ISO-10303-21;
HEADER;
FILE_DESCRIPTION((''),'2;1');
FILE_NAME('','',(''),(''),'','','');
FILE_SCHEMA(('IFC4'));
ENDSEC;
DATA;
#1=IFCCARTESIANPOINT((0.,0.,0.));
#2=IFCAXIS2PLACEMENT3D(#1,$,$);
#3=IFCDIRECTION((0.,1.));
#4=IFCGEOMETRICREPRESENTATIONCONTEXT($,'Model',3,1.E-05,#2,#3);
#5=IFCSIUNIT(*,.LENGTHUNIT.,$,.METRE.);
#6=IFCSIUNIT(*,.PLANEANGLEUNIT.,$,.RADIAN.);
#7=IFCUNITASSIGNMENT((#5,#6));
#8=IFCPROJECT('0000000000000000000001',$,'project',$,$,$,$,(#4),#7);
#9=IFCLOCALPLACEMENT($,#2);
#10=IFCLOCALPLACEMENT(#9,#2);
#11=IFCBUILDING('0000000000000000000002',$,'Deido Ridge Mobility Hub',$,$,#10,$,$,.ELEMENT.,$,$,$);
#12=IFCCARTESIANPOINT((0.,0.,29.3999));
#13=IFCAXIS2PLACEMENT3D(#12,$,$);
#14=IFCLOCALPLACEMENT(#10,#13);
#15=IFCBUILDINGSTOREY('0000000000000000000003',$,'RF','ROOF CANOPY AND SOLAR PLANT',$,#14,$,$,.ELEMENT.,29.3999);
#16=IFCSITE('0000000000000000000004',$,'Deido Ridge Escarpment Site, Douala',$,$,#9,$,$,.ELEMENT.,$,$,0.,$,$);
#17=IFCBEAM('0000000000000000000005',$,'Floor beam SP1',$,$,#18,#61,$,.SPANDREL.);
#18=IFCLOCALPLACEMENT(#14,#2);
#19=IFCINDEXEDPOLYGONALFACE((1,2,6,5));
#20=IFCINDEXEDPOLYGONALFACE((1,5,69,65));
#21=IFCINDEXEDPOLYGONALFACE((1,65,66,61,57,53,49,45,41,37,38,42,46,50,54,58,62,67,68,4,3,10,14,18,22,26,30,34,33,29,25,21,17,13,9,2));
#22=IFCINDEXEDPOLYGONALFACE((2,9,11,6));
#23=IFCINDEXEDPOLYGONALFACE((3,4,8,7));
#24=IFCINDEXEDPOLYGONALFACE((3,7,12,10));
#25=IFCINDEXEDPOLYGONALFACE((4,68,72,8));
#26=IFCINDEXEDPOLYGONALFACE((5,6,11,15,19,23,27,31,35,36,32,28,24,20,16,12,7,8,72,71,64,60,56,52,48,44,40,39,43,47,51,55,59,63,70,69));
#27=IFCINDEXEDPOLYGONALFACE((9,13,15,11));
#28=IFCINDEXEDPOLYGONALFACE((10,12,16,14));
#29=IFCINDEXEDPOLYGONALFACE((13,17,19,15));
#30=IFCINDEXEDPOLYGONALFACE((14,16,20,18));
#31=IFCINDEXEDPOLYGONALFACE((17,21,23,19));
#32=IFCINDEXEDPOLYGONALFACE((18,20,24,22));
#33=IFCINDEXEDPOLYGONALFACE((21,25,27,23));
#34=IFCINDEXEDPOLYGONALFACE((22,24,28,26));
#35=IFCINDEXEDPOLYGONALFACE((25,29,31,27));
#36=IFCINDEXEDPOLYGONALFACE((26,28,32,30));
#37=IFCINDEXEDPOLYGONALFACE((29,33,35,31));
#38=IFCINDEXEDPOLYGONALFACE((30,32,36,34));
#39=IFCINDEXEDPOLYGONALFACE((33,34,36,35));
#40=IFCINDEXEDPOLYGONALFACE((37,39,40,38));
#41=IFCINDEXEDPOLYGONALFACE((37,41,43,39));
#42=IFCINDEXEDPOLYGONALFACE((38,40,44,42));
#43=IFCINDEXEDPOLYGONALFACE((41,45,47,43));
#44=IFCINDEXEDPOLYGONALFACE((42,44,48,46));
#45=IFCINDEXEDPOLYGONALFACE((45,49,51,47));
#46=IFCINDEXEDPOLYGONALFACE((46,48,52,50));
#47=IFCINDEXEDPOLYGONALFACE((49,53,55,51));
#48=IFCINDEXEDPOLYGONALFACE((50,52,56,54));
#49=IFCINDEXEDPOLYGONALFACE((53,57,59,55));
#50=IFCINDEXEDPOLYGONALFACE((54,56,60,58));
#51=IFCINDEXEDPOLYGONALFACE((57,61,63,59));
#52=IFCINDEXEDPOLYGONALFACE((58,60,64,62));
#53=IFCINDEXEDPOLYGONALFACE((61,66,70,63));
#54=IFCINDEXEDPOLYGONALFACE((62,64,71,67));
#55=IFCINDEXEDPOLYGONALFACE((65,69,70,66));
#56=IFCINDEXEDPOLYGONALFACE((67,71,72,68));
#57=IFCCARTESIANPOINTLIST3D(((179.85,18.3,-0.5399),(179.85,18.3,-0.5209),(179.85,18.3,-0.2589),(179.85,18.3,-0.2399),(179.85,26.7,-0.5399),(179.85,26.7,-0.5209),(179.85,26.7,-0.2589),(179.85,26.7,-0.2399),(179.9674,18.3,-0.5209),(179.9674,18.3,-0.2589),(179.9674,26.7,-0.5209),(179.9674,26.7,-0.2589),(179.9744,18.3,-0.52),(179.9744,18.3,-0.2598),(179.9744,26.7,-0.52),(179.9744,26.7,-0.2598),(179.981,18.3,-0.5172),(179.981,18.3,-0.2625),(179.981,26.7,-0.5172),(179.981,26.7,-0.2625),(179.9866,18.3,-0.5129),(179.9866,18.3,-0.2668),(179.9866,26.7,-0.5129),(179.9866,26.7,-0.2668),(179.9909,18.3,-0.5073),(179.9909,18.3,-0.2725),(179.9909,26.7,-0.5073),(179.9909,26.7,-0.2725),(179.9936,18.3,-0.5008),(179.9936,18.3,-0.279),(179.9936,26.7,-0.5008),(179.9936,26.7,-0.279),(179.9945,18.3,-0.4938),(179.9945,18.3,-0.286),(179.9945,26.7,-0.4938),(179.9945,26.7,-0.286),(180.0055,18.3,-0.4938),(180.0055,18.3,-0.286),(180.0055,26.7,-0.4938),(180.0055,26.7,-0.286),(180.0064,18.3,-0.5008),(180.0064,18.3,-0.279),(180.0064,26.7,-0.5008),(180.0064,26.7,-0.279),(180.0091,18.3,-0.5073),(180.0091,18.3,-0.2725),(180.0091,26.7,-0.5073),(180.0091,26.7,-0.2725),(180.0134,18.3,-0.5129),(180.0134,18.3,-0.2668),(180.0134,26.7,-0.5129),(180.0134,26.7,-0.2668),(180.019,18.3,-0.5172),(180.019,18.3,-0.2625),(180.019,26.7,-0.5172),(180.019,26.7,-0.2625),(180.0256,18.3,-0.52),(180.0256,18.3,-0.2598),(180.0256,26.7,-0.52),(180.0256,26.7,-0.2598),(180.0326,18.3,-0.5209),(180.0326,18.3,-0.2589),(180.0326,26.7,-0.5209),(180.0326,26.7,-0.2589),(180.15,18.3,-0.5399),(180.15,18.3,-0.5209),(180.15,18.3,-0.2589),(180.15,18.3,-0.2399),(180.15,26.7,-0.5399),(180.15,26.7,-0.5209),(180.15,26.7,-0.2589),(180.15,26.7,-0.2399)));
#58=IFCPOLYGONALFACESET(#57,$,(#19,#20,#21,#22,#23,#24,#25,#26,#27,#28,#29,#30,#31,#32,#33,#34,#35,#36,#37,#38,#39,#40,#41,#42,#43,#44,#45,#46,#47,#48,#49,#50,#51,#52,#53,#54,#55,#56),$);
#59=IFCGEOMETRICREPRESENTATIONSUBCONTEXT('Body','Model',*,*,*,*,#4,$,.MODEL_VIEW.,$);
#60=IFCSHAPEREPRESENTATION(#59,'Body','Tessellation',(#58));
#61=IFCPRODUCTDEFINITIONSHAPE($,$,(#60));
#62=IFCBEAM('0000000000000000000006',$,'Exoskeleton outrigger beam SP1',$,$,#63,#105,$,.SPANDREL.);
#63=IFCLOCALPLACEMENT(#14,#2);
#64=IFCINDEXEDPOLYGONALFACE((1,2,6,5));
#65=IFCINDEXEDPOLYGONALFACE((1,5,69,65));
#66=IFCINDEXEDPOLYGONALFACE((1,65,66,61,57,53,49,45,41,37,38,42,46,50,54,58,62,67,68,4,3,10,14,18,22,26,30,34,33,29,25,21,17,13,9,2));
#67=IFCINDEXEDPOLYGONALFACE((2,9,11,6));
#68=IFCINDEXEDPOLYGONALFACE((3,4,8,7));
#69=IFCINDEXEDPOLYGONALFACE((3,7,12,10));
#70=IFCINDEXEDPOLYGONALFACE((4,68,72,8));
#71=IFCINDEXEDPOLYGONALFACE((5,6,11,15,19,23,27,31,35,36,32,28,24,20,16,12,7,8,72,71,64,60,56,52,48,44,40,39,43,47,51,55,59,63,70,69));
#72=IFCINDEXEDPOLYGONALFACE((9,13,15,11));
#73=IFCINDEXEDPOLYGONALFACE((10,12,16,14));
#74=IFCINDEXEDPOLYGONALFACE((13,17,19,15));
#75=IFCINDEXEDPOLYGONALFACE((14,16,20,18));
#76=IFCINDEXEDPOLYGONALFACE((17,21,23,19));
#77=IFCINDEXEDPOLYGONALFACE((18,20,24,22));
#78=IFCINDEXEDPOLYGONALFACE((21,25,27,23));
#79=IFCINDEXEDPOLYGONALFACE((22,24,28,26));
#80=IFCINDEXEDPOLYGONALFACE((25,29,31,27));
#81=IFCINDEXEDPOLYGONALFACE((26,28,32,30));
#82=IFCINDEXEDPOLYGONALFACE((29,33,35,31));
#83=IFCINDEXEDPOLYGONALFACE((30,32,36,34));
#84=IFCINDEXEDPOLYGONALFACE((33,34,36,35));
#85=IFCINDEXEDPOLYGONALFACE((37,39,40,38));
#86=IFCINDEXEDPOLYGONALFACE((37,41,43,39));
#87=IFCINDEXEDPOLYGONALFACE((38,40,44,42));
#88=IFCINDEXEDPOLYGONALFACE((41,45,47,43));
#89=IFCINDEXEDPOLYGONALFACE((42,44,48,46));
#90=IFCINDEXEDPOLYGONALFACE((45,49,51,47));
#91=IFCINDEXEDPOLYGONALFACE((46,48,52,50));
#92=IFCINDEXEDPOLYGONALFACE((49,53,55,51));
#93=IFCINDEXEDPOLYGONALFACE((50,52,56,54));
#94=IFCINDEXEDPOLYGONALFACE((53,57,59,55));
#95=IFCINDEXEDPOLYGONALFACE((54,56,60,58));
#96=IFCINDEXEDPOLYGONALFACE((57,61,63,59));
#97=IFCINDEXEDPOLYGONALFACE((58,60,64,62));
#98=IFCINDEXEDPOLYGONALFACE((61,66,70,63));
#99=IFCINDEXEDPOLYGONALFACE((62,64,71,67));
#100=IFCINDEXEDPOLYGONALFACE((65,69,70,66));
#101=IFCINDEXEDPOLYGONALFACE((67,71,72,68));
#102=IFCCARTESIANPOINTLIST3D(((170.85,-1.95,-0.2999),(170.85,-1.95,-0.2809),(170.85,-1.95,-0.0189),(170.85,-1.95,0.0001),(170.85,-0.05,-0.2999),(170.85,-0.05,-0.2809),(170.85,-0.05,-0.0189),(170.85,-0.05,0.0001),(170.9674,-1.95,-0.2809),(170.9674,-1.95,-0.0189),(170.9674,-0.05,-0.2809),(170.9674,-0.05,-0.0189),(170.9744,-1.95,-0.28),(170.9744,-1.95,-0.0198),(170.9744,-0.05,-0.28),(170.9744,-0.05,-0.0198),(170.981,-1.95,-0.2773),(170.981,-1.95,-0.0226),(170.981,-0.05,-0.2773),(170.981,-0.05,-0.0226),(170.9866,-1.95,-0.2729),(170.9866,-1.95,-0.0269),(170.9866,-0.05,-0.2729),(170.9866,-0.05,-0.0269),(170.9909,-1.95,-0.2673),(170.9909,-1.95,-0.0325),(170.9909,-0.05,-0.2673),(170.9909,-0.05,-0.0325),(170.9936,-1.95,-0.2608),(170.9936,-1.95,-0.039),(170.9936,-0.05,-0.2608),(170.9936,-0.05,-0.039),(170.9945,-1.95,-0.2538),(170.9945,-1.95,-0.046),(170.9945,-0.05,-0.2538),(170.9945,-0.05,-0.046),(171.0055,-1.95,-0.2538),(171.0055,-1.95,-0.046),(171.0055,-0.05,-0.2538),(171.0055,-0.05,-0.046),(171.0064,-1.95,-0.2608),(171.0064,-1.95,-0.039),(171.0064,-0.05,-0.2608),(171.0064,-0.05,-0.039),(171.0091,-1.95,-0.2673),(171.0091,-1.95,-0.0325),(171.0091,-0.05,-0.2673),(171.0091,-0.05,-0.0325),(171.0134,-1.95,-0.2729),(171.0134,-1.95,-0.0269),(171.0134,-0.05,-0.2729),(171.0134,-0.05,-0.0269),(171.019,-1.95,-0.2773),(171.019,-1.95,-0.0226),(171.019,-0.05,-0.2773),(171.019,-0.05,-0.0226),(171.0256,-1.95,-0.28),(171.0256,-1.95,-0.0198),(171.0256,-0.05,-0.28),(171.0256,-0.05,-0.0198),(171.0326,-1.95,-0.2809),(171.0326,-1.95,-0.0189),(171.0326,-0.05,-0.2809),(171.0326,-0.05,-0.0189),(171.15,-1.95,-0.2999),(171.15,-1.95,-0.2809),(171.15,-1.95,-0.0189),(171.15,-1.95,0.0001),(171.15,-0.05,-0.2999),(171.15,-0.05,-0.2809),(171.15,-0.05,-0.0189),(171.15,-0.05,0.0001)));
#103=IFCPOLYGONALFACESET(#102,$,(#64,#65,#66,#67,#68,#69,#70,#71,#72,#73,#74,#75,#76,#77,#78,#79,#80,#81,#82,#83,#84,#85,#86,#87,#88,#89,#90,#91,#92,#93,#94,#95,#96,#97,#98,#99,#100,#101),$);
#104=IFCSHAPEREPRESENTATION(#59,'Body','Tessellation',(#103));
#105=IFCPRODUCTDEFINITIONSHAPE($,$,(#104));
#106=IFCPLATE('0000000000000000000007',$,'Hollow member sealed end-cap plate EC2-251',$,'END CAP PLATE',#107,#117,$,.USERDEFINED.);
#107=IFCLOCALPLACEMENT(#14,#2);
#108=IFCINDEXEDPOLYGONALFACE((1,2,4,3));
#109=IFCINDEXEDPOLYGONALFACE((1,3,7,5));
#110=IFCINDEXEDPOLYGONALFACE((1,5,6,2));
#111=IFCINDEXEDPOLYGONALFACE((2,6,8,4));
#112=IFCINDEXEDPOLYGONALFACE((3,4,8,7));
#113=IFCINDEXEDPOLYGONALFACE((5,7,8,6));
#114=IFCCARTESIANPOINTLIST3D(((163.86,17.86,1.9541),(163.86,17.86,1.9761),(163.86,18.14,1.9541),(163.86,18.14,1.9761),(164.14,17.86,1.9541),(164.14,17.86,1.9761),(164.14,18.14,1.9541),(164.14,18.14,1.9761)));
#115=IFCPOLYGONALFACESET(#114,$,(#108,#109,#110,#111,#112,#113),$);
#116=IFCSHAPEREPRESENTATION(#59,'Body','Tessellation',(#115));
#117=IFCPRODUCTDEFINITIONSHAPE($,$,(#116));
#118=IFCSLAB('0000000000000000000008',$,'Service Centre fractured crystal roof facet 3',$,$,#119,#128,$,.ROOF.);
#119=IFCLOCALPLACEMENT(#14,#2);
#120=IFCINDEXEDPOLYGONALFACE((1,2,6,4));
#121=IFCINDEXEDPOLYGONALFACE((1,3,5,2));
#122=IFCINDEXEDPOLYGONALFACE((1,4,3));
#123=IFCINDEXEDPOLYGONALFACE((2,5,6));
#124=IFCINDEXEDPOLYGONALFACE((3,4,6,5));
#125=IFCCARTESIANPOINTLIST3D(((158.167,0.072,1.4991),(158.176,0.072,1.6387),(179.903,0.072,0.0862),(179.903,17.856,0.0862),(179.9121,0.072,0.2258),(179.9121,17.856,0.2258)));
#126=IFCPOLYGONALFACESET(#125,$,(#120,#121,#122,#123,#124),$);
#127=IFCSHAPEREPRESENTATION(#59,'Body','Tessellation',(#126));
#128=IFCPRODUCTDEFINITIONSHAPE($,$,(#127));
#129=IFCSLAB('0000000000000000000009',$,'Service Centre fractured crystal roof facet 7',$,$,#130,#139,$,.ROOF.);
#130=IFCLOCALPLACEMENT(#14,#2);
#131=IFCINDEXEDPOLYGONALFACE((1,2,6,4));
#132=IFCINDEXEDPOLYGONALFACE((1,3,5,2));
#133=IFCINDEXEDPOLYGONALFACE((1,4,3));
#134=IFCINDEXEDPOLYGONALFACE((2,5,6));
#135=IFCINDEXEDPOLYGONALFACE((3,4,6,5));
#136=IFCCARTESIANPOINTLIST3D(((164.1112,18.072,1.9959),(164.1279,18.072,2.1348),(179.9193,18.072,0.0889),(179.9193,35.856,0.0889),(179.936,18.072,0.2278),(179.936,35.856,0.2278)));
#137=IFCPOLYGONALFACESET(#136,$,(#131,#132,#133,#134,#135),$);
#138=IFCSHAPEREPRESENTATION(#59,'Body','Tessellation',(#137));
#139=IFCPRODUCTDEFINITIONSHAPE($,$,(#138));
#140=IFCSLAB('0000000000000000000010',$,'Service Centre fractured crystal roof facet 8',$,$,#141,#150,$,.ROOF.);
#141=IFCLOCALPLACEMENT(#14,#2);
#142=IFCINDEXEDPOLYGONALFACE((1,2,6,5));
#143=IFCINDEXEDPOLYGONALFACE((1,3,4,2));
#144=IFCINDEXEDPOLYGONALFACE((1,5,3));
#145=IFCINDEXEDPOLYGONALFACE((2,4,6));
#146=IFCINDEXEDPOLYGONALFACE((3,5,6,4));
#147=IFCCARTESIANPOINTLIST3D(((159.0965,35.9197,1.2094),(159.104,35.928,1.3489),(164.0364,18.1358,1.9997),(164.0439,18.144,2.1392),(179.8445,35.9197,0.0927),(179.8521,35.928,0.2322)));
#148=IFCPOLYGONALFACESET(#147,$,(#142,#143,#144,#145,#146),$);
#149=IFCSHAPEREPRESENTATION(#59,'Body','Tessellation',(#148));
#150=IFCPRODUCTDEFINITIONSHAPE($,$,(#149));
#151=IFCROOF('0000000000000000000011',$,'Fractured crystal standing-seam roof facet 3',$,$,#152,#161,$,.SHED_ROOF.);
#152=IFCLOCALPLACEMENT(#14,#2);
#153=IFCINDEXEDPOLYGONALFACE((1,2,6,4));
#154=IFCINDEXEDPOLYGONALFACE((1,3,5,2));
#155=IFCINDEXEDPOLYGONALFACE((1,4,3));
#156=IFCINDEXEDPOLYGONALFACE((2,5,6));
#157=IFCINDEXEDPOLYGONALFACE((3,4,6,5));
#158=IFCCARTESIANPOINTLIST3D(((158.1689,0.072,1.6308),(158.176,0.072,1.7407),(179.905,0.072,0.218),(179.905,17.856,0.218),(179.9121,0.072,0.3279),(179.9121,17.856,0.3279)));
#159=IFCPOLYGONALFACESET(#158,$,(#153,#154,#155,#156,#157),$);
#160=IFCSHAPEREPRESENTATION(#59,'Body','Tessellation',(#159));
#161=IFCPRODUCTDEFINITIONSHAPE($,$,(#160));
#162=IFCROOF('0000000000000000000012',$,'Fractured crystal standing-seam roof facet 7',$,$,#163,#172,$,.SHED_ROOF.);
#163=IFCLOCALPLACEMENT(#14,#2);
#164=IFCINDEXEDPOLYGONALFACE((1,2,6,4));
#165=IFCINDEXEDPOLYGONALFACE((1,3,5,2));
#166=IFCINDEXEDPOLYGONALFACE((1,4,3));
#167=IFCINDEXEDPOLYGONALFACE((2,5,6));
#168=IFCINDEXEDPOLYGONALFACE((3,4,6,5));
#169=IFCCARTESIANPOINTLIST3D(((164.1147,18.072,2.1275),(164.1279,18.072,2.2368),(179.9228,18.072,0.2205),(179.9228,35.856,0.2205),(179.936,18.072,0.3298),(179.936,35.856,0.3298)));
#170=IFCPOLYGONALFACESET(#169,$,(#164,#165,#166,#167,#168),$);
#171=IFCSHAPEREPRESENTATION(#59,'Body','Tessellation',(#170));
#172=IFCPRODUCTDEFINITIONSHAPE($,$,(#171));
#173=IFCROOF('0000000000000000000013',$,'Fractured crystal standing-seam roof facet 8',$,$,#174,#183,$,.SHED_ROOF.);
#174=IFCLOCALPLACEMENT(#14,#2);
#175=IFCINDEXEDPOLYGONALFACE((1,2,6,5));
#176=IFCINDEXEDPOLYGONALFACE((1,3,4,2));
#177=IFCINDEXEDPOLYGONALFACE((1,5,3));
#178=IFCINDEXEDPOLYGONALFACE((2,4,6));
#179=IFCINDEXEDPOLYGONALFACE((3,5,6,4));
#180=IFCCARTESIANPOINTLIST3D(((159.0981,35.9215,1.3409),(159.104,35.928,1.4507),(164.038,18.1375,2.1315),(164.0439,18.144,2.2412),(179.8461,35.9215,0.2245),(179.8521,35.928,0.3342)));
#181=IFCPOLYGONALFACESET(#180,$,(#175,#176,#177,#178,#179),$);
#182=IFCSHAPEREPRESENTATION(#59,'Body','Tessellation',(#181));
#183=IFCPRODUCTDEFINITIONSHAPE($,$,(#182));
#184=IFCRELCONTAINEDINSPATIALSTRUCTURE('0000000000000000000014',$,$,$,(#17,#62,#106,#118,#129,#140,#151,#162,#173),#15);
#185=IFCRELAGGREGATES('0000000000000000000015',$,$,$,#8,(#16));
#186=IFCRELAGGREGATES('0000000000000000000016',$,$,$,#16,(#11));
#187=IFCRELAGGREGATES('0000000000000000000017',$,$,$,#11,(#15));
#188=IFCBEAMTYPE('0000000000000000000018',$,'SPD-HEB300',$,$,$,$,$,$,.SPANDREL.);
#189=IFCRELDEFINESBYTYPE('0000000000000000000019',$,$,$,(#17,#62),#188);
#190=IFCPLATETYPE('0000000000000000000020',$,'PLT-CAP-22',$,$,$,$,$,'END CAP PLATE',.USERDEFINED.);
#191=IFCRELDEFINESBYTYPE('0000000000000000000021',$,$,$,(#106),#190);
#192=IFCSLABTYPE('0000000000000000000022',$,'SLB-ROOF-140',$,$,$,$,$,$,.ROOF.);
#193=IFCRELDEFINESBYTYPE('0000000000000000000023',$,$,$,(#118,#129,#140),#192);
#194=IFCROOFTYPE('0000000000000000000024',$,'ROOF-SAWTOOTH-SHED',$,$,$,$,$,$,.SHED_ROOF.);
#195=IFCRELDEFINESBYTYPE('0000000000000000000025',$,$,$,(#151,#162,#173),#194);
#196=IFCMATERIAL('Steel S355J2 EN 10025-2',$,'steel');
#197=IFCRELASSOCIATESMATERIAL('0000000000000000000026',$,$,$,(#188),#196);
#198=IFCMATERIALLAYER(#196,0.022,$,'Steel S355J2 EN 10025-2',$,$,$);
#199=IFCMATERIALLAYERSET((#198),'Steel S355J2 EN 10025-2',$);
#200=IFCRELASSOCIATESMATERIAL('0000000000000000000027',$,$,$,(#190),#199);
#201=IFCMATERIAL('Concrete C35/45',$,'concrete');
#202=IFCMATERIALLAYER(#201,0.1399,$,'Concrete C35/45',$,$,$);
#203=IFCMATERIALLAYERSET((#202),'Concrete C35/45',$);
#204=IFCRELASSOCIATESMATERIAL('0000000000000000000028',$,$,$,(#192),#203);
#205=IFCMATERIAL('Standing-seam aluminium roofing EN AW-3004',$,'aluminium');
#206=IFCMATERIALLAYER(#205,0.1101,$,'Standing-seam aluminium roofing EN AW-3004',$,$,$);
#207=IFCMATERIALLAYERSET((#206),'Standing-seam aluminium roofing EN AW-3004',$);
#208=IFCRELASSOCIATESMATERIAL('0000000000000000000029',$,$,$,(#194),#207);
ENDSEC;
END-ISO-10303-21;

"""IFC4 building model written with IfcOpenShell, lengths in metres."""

from ifc_helpers import new_model, si_unit, direction, frame, origin, origin_2d, place, context, subcontext, project, spatial, polyline, rectangle, i_section, outline, extrude, material, layer, layer_set, material_profile, profile_set, type_object, element, save


model = new_model("IFC4")

# Units and contexts
model_context = context("Model", 3, precision=1e-05, world=origin(), true_north=direction((0.0, 1.0)))
body_context = subcontext(model_context, "Body", "Model", "MODEL_VIEW")
ifc_project = project(units=[si_unit("LENGTHUNIT", "METRE"), si_unit("PLANEANGLEUNIT", "RADIAN")], contexts=[model_context])

# Site, building, storey
site_placement = place(None, origin())
site = spatial("IfcSite", under=ifc_project, at=site_placement, Name="Deido Ridge Escarpment Site, Douala", CompositionType="ELEMENT", RefElevation=0.0)
building_placement = place(site_placement, origin())
building = spatial("IfcBuilding", under=site, at=building_placement, Name="Deido Ridge Mobility Hub", CompositionType="ELEMENT")
storey_placement = place(building_placement, frame((0.0, 0.0, 29.3999)))
storey = spatial("IfcBuildingStorey", under=building, at=storey_placement, Name="RF", Description="ROOF CANOPY AND SOLAR PLANT", CompositionType="ELEMENT", Elevation=29.3999)

# Shared definitions
ifc_material_1 = material(Name="Steel S355J2 EN 10025-2", Category="steel")

# Beams
ifc_material_profile_1 = material_profile(ifc_material_1, i_section(OverallWidth=0.3, OverallDepth=0.3, WebThickness=0.011, FlangeThickness=0.019, FilletRadius=0.0271, at=origin_2d()), Name="HEB 300")
ifc_profile_set_1 = profile_set([ifc_material_profile_1], Name="Steel S355J2 EN 10025-2")
beam_type_1 = type_object("IfcBeamType", Name="SPD-HEB300", PredefinedType="SPANDREL", material=ifc_profile_set_1)
for number, where, z_axis, x_axis, name in (
    (1, (180.0, 18.3, -0.3899), (0.0, 1.0, 0.0), (-1.0, 0.0, 0.0), "Floor beam SP1"),
):
    element("IfcBeam", number, at=place(storey_placement, frame(where, z_axis=z_axis, x_axis=x_axis)), inside=storey, type_object=beam_type_1, Name=name, PredefinedType="SPANDREL", context=body_context, shape_type="SweptSolid", body=[
        extrude(i_section(OverallWidth=0.3, OverallDepth=0.3, WebThickness=0.011, FlangeThickness=0.019, FilletRadius=0.0271, at=origin_2d()), origin(), (0.0, 0.0, 1.0), 8.3999),
    ])
beam_1_placement = place(storey_placement, frame((171.0, -0.05, -0.1499), z_axis=(0.0, -1.0, 0.0), x_axis=(1.0, 0.0, 0.0)))
element("IfcBeam", 2, at=beam_1_placement, inside=storey, type_object=beam_type_1, Name="Exoskeleton outrigger beam SP1", PredefinedType="SPANDREL", context=body_context, shape_type="SweptSolid", body=[
    extrude(i_section(OverallWidth=0.3, OverallDepth=0.3, WebThickness=0.011, FlangeThickness=0.019, FilletRadius=0.0271, at=origin_2d()), origin(), (0.0, 0.0, 1.0), 1.8999),
])

# Plate
ifc_layer_1 = layer(ifc_material_1, 0.022, Name="Steel S355J2 EN 10025-2")
ifc_layer_set_1 = layer_set([ifc_layer_1], Name="Steel S355J2 EN 10025-2")
plate_type = type_object("IfcPlateType", Name="PLT-CAP-22", ElementType="END CAP PLATE", PredefinedType="USERDEFINED", material=ifc_layer_set_1)
plate_placement = place(storey_placement, frame((164.0, 18.0, 1.9541), z_axis=(0.0, 0.0, 1.0), x_axis=(1.0, 0.0, 0.0)))
element("IfcPlate", 3, at=plate_placement, inside=storey, type_object=plate_type, Name="Hollow member sealed end-cap plate EC2-251", ObjectType="END CAP PLATE", PredefinedType="USERDEFINED", context=body_context, shape_type="SweptSolid", body=[
    extrude(rectangle(XDim=0.28, YDim=0.28, at=origin_2d()), origin(), (0.0, 0.0, 1.0), 0.022),
])

# Slabs
ifc_material_2 = material(Name="Concrete C35/45", Category="concrete")
ifc_layer_2 = layer(ifc_material_2, 0.1399, Name="Concrete C35/45")
ifc_layer_set_2 = layer_set([ifc_layer_2], Name="Concrete C35/45")
slab_type = type_object("IfcSlabType", Name="SLB-ROOF-140", PredefinedType="ROOF", material=ifc_layer_set_2)
slab_1_placement = place(storey_placement, frame((158.176, 0.072, 1.6387), z_axis=(0.064863, 0.0, 0.997894), x_axis=(0.997894, 0.0, -0.064863)))
element("IfcSlab", 4, at=slab_1_placement, inside=storey, type_object=slab_type, Name="Service Centre fractured crystal roof facet 3", PredefinedType="ROOF", context=body_context, shape_type="SweptSolid", body=[
    extrude(outline(polyline([(0.0, 0.0), (21.782, 0.0), (21.782, 17.7839), (0.0, 0.0)])), origin(), (0.0, 0.0, -1.0), 0.1399),
])
slab_2_placement = place(storey_placement, frame((164.1279, 18.072, 2.1348), z_axis=(0.119765, 0.0, 0.992802), x_axis=(0.992802, 0.0, -0.119765)))
element("IfcSlab", 5, at=slab_2_placement, inside=storey, type_object=slab_type, Name="Service Centre fractured crystal roof facet 7", PredefinedType="ROOF", context=body_context, shape_type="SweptSolid", body=[
    extrude(outline(polyline([(0.0, 0.0), (15.9227, 0.0), (15.9227, 17.7839), (0.0, 0.0)])), origin(), (0.0, 0.0, -1.0), 0.1399),
])
slab_3_placement = place(storey_placement, frame((164.0439, 18.144, 2.1392), z_axis=(0.05365, 0.059199, 0.996804), x_axis=(0.662244, 0.745017, -0.079889)))
element("IfcSlab", 6, at=slab_3_placement, inside=storey, type_object=slab_type, Name="Service Centre fractured crystal roof facet 8", PredefinedType="ROOF", context=body_context, shape_type="SweptSolid", body=[
    extrude(outline(polyline([(0.0, 0.0), (23.8705, 0.0), (10.041, 15.5072), (0.0, 0.0)])), origin(), (0.0, 0.0, -1.0), 0.1399),
])

# Roofs
ifc_material_3 = material(Name="Standing-seam aluminium roofing EN AW-3004", Category="aluminium")
ifc_layer_3 = layer(ifc_material_3, 0.1101, Name="Standing-seam aluminium roofing EN AW-3004")
ifc_layer_set_3 = layer_set([ifc_layer_3], Name="Standing-seam aluminium roofing EN AW-3004")
roof_type = type_object("IfcRoofType", Name="ROOF-SAWTOOTH-SHED", PredefinedType="SHED_ROOF", material=ifc_layer_set_3)
roof_1_placement = place(storey_placement, frame((158.176, 0.072, 1.7407), z_axis=(0.064863, 0.0, 0.997894), x_axis=(0.997894, 0.0, -0.064863)))
element("IfcRoof", 7, at=roof_1_placement, inside=storey, type_object=roof_type, Name="Fractured crystal standing-seam roof facet 3", PredefinedType="SHED_ROOF", context=body_context, shape_type="SweptSolid", body=[
    extrude(outline(polyline([(0.0, 0.0), (21.782, 0.0), (21.782, 17.7839), (0.0, 0.0)])), origin(), (0.0, 0.0, -1.0), 0.1101),
])
roof_2_placement = place(storey_placement, frame((164.1279, 18.072, 2.2368), z_axis=(0.119765, 0.0, 0.992802), x_axis=(0.992802, 0.0, -0.119765)))
element("IfcRoof", 8, at=roof_2_placement, inside=storey, type_object=roof_type, Name="Fractured crystal standing-seam roof facet 7", PredefinedType="SHED_ROOF", context=body_context, shape_type="SweptSolid", body=[
    extrude(outline(polyline([(0.0, 0.0), (15.9227, 0.0), (15.9227, 17.7839), (0.0, 0.0)])), origin(), (0.0, 0.0, -1.0), 0.1101),
])
roof_3_placement = place(storey_placement, frame((164.0439, 18.144, 2.2412), z_axis=(0.053638, 0.059209, 0.996804), x_axis=(0.662244, 0.745017, -0.079889)))
element("IfcRoof", 9, at=roof_3_placement, inside=storey, type_object=roof_type, Name="Fractured crystal standing-seam roof facet 8", PredefinedType="SHED_ROOF", context=body_context, shape_type="SweptSolid", body=[
    extrude(outline(polyline([(0.0, 0.0), (23.8705, 0.0), (10.041, 15.5072), (0.0, 0.0)])), origin(), (0.0, 0.0, -1.0), 0.1101),
])

save(model, "model.ifc")
